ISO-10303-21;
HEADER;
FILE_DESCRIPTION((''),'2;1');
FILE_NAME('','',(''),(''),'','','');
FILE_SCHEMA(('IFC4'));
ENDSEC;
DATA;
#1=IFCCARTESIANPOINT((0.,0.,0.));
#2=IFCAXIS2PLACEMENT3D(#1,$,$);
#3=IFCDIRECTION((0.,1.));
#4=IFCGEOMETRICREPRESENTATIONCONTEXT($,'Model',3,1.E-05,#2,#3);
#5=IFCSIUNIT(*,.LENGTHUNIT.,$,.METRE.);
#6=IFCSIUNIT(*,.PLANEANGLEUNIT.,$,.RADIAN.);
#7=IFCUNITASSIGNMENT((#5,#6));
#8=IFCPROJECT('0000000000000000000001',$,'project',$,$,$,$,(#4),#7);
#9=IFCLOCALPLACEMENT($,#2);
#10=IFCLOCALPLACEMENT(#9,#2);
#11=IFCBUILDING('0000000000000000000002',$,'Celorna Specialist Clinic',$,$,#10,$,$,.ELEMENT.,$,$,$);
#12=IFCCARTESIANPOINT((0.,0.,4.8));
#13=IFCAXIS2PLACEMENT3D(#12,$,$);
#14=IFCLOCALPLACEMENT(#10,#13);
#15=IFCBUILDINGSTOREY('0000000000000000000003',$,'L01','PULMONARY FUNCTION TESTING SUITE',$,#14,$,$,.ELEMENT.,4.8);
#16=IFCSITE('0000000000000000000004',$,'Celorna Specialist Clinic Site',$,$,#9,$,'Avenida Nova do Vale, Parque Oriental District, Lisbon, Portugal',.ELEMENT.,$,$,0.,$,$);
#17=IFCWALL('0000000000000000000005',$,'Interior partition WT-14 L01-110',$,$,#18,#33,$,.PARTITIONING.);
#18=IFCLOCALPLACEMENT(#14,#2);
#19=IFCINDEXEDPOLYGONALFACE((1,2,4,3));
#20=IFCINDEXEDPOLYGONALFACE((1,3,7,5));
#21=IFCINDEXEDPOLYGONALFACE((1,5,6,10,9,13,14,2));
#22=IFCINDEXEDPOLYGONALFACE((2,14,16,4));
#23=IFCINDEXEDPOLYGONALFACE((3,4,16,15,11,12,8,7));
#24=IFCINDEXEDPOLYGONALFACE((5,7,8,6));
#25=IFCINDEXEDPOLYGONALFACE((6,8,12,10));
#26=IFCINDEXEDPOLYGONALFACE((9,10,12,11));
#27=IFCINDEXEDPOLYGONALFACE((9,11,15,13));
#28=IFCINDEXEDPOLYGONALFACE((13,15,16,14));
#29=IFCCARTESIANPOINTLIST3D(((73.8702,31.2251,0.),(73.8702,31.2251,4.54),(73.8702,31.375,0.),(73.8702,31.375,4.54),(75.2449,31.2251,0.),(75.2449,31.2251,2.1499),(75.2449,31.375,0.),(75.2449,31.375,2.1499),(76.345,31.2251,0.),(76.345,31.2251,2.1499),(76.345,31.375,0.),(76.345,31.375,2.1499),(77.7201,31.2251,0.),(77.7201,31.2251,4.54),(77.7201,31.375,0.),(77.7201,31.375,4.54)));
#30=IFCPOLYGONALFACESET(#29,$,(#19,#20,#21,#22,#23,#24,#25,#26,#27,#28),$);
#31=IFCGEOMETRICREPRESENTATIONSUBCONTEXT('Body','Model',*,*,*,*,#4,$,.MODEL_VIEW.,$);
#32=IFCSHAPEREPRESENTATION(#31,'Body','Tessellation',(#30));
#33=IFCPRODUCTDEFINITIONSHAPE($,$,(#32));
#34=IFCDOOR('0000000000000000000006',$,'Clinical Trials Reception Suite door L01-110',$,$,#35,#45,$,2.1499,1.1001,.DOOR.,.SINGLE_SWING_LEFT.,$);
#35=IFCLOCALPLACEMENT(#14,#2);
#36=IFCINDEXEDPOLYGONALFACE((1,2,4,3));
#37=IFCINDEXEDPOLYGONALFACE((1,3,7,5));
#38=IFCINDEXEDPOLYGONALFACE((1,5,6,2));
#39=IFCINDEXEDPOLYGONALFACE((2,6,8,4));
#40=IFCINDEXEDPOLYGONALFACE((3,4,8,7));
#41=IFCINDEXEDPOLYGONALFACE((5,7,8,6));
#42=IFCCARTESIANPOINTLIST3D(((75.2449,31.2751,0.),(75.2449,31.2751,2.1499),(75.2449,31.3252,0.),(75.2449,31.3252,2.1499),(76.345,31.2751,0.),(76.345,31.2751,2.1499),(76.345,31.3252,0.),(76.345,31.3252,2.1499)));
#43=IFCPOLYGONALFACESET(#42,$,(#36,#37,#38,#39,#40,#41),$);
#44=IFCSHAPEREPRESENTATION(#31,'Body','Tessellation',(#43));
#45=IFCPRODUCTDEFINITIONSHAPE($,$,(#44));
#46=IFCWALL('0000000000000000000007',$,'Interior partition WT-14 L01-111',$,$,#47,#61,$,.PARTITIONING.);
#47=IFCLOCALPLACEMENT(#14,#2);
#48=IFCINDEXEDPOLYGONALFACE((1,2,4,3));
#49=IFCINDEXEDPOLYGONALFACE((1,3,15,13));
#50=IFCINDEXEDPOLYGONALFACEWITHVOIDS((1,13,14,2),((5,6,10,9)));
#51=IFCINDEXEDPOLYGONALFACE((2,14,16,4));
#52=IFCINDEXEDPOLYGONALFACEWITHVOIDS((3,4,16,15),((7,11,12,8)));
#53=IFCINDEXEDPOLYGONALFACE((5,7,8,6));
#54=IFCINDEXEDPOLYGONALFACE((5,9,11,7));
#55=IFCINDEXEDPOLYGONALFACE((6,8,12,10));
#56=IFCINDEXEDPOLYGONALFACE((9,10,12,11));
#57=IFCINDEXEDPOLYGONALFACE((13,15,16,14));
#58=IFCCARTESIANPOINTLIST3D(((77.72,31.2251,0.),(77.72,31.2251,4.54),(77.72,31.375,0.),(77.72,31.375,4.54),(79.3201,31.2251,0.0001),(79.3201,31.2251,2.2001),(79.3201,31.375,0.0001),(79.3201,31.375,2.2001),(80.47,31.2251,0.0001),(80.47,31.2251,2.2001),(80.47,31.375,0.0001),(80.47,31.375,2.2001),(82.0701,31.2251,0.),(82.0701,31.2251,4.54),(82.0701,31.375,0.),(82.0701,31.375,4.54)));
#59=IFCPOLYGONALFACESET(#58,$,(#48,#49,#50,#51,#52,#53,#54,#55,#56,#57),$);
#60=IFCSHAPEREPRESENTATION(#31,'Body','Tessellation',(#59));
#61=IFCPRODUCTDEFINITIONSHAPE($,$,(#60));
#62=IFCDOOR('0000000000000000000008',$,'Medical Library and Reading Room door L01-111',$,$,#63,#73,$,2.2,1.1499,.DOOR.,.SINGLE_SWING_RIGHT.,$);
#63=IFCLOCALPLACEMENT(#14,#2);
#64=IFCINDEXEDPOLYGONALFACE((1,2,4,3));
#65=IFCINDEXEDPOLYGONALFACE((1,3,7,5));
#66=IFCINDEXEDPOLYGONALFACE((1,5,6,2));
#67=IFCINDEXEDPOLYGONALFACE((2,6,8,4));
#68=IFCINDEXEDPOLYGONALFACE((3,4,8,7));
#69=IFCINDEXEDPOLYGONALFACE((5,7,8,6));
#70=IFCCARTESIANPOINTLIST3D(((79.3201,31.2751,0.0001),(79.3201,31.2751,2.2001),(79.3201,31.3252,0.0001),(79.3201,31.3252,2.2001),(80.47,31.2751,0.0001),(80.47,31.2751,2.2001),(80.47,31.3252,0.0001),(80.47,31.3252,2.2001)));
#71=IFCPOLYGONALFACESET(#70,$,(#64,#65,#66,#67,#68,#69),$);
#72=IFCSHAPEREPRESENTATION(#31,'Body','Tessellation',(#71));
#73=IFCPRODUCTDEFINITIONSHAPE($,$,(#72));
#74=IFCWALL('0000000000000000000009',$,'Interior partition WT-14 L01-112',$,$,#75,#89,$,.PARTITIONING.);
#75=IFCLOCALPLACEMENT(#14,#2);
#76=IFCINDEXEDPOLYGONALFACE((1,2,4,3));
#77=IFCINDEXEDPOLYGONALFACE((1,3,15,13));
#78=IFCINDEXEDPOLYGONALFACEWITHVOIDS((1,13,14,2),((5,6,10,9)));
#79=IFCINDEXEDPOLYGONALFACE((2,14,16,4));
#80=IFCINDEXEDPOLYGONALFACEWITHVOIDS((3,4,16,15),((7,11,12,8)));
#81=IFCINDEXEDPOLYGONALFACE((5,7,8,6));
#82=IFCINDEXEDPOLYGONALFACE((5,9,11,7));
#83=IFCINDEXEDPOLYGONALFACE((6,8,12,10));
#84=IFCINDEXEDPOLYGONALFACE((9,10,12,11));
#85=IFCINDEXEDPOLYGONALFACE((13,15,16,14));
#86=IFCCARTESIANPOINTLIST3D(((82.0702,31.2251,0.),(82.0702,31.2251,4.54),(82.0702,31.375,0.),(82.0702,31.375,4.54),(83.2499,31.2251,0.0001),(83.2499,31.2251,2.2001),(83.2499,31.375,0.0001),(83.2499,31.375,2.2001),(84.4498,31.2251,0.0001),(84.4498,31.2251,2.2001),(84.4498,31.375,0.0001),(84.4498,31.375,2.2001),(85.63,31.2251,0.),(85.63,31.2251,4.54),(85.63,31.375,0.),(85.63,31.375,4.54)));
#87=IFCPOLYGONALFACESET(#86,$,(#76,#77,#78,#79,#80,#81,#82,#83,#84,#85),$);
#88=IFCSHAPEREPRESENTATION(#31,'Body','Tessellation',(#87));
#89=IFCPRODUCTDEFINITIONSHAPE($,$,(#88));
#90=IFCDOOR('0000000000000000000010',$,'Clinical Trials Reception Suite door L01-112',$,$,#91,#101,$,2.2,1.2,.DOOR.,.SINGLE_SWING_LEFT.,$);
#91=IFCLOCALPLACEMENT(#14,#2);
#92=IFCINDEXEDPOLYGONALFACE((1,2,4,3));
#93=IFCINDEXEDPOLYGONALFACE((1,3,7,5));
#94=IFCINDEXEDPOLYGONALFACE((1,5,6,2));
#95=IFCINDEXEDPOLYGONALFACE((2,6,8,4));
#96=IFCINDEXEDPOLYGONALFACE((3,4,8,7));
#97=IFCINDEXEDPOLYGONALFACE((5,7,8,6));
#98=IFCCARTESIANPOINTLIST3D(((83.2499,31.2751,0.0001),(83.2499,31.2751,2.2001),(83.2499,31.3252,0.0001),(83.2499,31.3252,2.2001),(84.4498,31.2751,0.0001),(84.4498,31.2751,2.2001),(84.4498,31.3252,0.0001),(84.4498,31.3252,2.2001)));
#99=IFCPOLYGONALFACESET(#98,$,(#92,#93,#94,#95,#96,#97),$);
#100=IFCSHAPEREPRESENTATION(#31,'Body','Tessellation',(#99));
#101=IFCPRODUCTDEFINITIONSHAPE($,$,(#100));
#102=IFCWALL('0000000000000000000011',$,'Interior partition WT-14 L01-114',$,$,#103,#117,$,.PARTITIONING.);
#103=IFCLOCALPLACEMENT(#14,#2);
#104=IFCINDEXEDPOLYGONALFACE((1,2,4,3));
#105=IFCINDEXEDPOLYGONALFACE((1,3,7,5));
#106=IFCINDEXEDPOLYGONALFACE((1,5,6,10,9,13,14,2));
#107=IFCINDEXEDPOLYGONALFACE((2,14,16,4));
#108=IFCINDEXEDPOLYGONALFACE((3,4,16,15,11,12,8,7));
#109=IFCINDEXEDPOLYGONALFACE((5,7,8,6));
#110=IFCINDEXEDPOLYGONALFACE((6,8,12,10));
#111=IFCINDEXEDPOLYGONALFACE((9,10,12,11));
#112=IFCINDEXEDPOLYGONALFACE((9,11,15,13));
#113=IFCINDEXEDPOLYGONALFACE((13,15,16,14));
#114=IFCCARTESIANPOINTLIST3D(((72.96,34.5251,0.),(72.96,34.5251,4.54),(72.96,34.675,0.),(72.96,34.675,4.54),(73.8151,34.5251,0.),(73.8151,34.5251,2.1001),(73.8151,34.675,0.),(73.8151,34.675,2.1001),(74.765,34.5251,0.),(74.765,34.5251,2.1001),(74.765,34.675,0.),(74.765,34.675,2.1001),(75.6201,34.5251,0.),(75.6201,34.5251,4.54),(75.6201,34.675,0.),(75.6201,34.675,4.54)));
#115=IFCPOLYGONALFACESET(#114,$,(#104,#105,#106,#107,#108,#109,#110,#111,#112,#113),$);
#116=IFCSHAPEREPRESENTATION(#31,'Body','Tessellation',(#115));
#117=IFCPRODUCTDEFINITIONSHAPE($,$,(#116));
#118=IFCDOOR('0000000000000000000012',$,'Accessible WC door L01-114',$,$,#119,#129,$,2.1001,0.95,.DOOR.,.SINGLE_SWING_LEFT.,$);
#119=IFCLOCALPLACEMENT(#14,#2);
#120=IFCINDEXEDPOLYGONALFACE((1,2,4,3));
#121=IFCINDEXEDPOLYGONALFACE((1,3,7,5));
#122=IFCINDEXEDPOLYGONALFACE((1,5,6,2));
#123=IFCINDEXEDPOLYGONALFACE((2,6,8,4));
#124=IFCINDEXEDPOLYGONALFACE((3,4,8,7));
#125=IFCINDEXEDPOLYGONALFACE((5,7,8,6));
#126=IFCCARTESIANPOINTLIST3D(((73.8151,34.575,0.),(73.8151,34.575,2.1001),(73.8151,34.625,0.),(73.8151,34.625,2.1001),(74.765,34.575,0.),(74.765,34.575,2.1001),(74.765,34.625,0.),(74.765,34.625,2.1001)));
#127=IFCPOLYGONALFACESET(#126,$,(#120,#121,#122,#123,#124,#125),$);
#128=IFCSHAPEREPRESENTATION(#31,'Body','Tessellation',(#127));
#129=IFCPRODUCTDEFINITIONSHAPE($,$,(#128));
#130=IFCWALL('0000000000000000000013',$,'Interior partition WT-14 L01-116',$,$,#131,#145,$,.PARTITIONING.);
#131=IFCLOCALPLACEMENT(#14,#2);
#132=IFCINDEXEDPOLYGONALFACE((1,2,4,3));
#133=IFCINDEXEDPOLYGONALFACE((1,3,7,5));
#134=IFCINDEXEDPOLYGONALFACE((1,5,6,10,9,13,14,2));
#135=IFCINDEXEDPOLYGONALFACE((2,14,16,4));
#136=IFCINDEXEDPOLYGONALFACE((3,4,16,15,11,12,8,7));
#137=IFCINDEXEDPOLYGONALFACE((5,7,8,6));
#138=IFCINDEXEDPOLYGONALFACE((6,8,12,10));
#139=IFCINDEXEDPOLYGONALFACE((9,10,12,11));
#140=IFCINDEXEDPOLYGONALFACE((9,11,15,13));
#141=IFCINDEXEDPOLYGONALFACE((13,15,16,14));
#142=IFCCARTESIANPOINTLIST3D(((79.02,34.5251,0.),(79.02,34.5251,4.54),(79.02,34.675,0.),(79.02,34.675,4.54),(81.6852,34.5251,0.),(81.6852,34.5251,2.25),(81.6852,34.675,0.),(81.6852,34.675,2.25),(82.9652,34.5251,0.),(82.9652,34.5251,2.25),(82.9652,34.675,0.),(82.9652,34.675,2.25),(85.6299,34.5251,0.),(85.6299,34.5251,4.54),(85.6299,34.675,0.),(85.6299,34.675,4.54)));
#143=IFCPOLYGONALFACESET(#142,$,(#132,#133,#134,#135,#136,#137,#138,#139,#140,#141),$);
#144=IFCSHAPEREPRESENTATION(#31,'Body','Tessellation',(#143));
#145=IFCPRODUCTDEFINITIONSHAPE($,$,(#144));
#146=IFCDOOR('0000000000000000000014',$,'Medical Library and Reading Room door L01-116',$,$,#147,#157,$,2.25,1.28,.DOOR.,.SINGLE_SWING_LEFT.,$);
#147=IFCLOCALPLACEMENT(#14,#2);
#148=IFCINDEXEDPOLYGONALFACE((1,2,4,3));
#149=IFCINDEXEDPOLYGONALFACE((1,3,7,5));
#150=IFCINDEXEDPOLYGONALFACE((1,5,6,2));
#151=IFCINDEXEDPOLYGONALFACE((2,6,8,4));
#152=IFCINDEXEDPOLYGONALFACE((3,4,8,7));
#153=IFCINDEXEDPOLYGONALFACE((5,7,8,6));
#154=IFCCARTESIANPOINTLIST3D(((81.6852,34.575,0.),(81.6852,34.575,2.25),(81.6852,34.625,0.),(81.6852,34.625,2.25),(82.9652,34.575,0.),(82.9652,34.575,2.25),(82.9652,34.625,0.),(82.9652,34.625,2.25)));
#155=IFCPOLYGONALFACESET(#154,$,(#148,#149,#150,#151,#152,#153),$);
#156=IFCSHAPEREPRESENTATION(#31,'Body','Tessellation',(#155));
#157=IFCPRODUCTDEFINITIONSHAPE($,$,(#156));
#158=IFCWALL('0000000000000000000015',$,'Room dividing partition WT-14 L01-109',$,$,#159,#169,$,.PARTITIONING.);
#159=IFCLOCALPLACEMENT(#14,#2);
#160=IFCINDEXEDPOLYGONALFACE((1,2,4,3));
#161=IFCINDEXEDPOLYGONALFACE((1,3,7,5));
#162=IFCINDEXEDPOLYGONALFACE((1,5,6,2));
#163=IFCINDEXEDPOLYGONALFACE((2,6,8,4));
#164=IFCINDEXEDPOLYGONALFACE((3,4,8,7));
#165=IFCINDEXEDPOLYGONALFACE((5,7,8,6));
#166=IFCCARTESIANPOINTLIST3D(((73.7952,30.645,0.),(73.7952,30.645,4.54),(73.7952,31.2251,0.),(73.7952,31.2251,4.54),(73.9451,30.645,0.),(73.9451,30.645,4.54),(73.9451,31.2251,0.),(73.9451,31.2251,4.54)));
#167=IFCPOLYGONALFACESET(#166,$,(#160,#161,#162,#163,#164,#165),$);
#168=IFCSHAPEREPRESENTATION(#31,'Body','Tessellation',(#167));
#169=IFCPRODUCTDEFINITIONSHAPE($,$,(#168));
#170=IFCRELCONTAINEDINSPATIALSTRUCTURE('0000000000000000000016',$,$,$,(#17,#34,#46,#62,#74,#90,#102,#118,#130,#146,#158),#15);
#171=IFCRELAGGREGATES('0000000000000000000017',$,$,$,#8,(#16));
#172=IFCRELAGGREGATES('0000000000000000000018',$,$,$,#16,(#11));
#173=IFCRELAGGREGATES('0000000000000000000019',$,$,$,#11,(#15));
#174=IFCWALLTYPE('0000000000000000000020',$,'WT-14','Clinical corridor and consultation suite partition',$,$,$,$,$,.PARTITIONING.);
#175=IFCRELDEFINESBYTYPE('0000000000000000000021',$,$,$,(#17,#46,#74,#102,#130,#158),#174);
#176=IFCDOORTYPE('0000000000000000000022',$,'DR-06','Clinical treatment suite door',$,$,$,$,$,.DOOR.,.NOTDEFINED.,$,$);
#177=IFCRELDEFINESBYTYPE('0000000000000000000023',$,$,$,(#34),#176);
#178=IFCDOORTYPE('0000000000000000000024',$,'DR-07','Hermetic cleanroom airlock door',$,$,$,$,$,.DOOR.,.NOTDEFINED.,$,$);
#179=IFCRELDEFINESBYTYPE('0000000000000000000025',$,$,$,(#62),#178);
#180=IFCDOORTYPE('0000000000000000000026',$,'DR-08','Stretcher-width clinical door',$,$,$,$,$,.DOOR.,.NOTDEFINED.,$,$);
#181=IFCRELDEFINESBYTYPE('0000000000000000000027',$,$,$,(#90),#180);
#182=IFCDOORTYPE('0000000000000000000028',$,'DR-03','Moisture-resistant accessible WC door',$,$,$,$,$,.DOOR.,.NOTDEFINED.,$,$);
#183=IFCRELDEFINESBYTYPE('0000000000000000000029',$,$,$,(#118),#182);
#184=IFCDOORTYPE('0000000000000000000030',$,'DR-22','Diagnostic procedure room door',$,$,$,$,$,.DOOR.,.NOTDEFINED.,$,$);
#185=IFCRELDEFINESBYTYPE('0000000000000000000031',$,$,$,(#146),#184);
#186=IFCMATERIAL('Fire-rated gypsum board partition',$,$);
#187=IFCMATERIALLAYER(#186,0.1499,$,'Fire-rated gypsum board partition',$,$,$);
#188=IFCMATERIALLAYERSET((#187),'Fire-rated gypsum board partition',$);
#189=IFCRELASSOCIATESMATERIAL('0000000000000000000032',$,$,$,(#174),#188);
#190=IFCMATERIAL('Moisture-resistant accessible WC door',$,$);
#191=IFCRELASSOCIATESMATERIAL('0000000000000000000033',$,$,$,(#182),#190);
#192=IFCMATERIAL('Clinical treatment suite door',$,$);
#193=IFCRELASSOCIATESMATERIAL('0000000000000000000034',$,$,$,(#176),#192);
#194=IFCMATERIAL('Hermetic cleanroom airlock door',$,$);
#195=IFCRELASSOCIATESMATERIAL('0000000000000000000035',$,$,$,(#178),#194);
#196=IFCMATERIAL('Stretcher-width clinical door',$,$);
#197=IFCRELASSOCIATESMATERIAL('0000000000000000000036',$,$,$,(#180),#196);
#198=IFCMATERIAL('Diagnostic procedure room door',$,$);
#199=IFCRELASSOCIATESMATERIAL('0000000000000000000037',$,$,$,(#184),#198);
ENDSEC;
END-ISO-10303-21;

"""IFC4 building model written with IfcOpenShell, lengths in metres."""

from ifc_helpers import new_model, si_unit, direction, frame, frame_2d, origin, place, context, subcontext, project, spatial, rectangle, extrude, material, layer, layer_set, type_object, element, fill, save


model = new_model("IFC4")

# Units and contexts
model_context = context("Model", 3, precision=1e-05, world=origin(), true_north=direction((0.0, 1.0)))
body_context = subcontext(model_context, "Body", "Model", "MODEL_VIEW")
ifc_project = project(units=[si_unit("LENGTHUNIT", "METRE"), si_unit("PLANEANGLEUNIT", "RADIAN")], contexts=[model_context])

# Site, building, storey
site_placement = place(None, origin())
site = spatial("IfcSite", under=ifc_project, at=site_placement, Name="Celorna Specialist Clinic Site", LongName="Avenida Nova do Vale, Parque Oriental District, Lisbon, Portugal", CompositionType="ELEMENT", RefElevation=0.0)
building_placement = place(site_placement, origin())
building = spatial("IfcBuilding", under=site, at=building_placement, Name="Celorna Specialist Clinic", CompositionType="ELEMENT")
storey_placement = place(building_placement, frame((0.0, 0.0, 4.8)))
storey = spatial("IfcBuildingStorey", under=building, at=storey_placement, Name="L01", Description="PULMONARY FUNCTION TESTING SUITE", CompositionType="ELEMENT", Elevation=4.8)

# Shared definitions
ifc_material_1 = material(Name="Fire-rated gypsum board partition")
ifc_layer_1 = layer(ifc_material_1, 0.1499, Name="Fire-rated gypsum board partition")
ifc_layer_set_1 = layer_set([ifc_layer_1], Name="Fire-rated gypsum board partition")
wall_type_1 = type_object("IfcWallType", Name="WT-14", Description="Clinical corridor and consultation suite partition", PredefinedType="PARTITIONING", material=ifc_layer_set_1)

# Walls, openings, doors
ifc_material_2 = material(Name="Moisture-resistant accessible WC door")
door_type_1 = type_object("IfcDoorType", Name="DR-03", Description="Moisture-resistant accessible WC door", OperationType="NOTDEFINED", PredefinedType="DOOR", material=ifc_material_2)
wall_1_placement = place(storey_placement, frame((77.72, 31.3, 0.0), z_axis=(0.0, 0.0, 1.0), x_axis=(-1.0, 0.0, 0.0)))
wall_1 = element("IfcWall", 1, at=wall_1_placement, inside=storey, type_object=wall_type_1, Name="Interior partition WT-14 L01-110", PredefinedType="PARTITIONING", context=body_context, shape_type="SweptSolid", body=[
    extrude(rectangle(XDim=3.8499, YDim=0.1499, at=frame_2d((1.9248, 0.0))), origin(), (0.0, 0.0, 1.0), 4.54),
])
opening_1_placement = place(wall_1_placement, frame((1.375, 0.0, 0.0)))
opening_1 = element("IfcOpeningElement", 2, at=opening_1_placement, cuts=wall_1, PredefinedType="OPENING", context=body_context, shape_type="SweptSolid", body=[
    extrude(rectangle(XDim=1.1001, YDim=2.1499, at=frame_2d((0.55, 1.075))), frame((0.0, 0.085, 0.0), z_axis=(0.0, -1.0, 0.0), x_axis=(1.0, 0.0, 0.0)), (0.0, 0.0, 1.0), 0.1699),
])
ifc_material_3 = material(Name="Clinical treatment suite door")
door_type_2 = type_object("IfcDoorType", Name="DR-06", Description="Clinical treatment suite door", OperationType="NOTDEFINED", PredefinedType="DOOR", material=ifc_material_3)
door_1_placement = place(opening_1_placement, origin())
door_1 = element("IfcDoor", 3, at=door_1_placement, inside=storey, type_object=door_type_2, Name="Clinical Trials Reception Suite door L01-110", OperationType="SINGLE_SWING_LEFT", OverallHeight=2.1499, OverallWidth=1.1001, PredefinedType="DOOR", context=body_context, shape_type="SweptSolid", body=[
    extrude(rectangle(XDim=1.1001, YDim=2.1499, at=frame_2d((0.55, 1.075))), frame((0.0, 0.0249, 0.0), z_axis=(0.0, -1.0, 0.0), x_axis=(1.0, 0.0, 0.0)), (0.0, 0.0, 1.0), 0.05),
])
fill(opening_1, door_1)
wall_2_placement = place(storey_placement, frame((82.0701, 31.3, 0.0), z_axis=(0.0, 0.0, 1.0), x_axis=(-1.0, 0.0, 0.0)))
wall_2 = element("IfcWall", 4, at=wall_2_placement, inside=storey, type_object=wall_type_1, Name="Interior partition WT-14 L01-111", PredefinedType="PARTITIONING", context=body_context, shape_type="SweptSolid", body=[
    extrude(rectangle(XDim=4.3501, YDim=0.1499, at=frame_2d((2.175, 0.0))), origin(), (0.0, 0.0, 1.0), 4.54),
])
opening_2_placement = place(wall_2_placement, frame((1.6001, 0.0, 0.0)))
opening_2 = element("IfcOpeningElement", 5, at=opening_2_placement, cuts=wall_2, PredefinedType="OPENING", context=body_context, shape_type="SweptSolid", body=[
    extrude(rectangle(XDim=1.1499, YDim=2.2, at=frame_2d((0.575, 1.1001))), frame((0.0, 0.085, 0.0), z_axis=(0.0, -1.0, 0.0), x_axis=(1.0, 0.0, 0.0)), (0.0, 0.0, 1.0), 0.1699),
])
ifc_material_4 = material(Name="Hermetic cleanroom airlock door")
door_type_3 = type_object("IfcDoorType", Name="DR-07", Description="Hermetic cleanroom airlock door", OperationType="NOTDEFINED", PredefinedType="DOOR", material=ifc_material_4)
door_2_placement = place(opening_2_placement, origin())
door_2 = element("IfcDoor", 6, at=door_2_placement, inside=storey, type_object=door_type_3, Name="Medical Library and Reading Room door L01-111", OperationType="SINGLE_SWING_RIGHT", OverallHeight=2.2, OverallWidth=1.1499, PredefinedType="DOOR", context=body_context, shape_type="SweptSolid", body=[
    extrude(rectangle(XDim=1.1499, YDim=2.2, at=frame_2d((0.575, 1.1001))), frame((0.0, 0.0249, 0.0), z_axis=(0.0, -1.0, 0.0), x_axis=(1.0, 0.0, 0.0)), (0.0, 0.0, 1.0), 0.05),
])
fill(opening_2, door_2)
wall_3_placement = place(storey_placement, frame((85.6299, 31.3, 0.0), z_axis=(0.0, 0.0, 1.0), x_axis=(-1.0, 0.0, 0.0)))
wall_3 = element("IfcWall", 7, at=wall_3_placement, inside=storey, type_object=wall_type_1, Name="Interior partition WT-14 L01-112", PredefinedType="PARTITIONING", context=body_context, shape_type="SweptSolid", body=[
    extrude(rectangle(XDim=3.5598, YDim=0.1499, at=frame_2d((1.7798, 0.0))), origin(), (0.0, 0.0, 1.0), 4.54),
])
opening_3_placement = place(wall_3_placement, frame((1.1799, 0.0, 0.0)))
opening_3 = element("IfcOpeningElement", 8, at=opening_3_placement, cuts=wall_3, PredefinedType="OPENING", context=body_context, shape_type="SweptSolid", body=[
    extrude(rectangle(XDim=1.2, YDim=2.2, at=frame_2d((0.6001, 1.1001))), frame((0.0, 0.085, 0.0), z_axis=(0.0, -1.0, 0.0), x_axis=(1.0, 0.0, 0.0)), (0.0, 0.0, 1.0), 0.1699),
])
ifc_material_5 = material(Name="Stretcher-width clinical door")
door_type_4 = type_object("IfcDoorType", Name="DR-08", Description="Stretcher-width clinical door", OperationType="NOTDEFINED", PredefinedType="DOOR", material=ifc_material_5)
door_3_placement = place(opening_3_placement, origin())
door_3 = element("IfcDoor", 9, at=door_3_placement, inside=storey, type_object=door_type_4, Name="Clinical Trials Reception Suite door L01-112", OperationType="SINGLE_SWING_LEFT", OverallHeight=2.2, OverallWidth=1.2, PredefinedType="DOOR", context=body_context, shape_type="SweptSolid", body=[
    extrude(rectangle(XDim=1.2, YDim=2.2, at=frame_2d((0.6001, 1.1001))), frame((0.0, 0.0249, 0.0), z_axis=(0.0, -1.0, 0.0), x_axis=(1.0, 0.0, 0.0)), (0.0, 0.0, 1.0), 0.05),
])
fill(opening_3, door_3)
wall_4_placement = place(storey_placement, frame((72.96, 34.6001, 0.0), z_axis=(0.0, 0.0, 1.0), x_axis=(1.0, 0.0, 0.0)))
wall_4 = element("IfcWall", 10, at=wall_4_placement, inside=storey, type_object=wall_type_1, Name="Interior partition WT-14 L01-114", PredefinedType="PARTITIONING", context=body_context, shape_type="SweptSolid", body=[
    extrude(rectangle(XDim=2.6602, YDim=0.1499, at=frame_2d((1.3301, 0.0))), origin(), (0.0, 0.0, 1.0), 4.54),
])
opening_4_placement = place(wall_4_placement, frame((0.855, 0.0, 0.0)))
opening_4 = element("IfcOpeningElement", 11, at=opening_4_placement, cuts=wall_4, PredefinedType="OPENING", context=body_context, shape_type="SweptSolid", body=[
    extrude(rectangle(XDim=0.95, YDim=2.1001, at=frame_2d((0.4751, 1.05))), frame((0.0, 0.085, 0.0), z_axis=(0.0, -1.0, 0.0), x_axis=(1.0, 0.0, 0.0)), (0.0, 0.0, 1.0), 0.1699),
])
door_4_placement = place(opening_4_placement, origin())
door_4 = element("IfcDoor", 12, at=door_4_placement, inside=storey, type_object=door_type_1, Name="Accessible WC door L01-114", OperationType="SINGLE_SWING_LEFT", OverallHeight=2.1001, OverallWidth=0.95, PredefinedType="DOOR", context=body_context, shape_type="SweptSolid", body=[
    extrude(rectangle(XDim=0.95, YDim=2.1001, at=frame_2d((0.4751, 1.05))), frame((0.0, 0.0249, 0.0), z_axis=(0.0, -1.0, 0.0), x_axis=(1.0, 0.0, 0.0)), (0.0, 0.0, 1.0), 0.05),
])
fill(opening_4, door_4)
wall_5_placement = place(storey_placement, frame((79.02, 34.6001, 0.0), z_axis=(0.0, 0.0, 1.0), x_axis=(1.0, 0.0, 0.0)))
wall_5 = element("IfcWall", 13, at=wall_5_placement, inside=storey, type_object=wall_type_1, Name="Interior partition WT-14 L01-116", PredefinedType="PARTITIONING", context=body_context, shape_type="SweptSolid", body=[
    extrude(rectangle(XDim=6.6099, YDim=0.1499, at=frame_2d((3.3049, 0.0))), origin(), (0.0, 0.0, 1.0), 4.54),
])
opening_5_placement = place(wall_5_placement, frame((2.665, 0.0, 0.0)))
opening_5 = element("IfcOpeningElement", 14, at=opening_5_placement, cuts=wall_5, PredefinedType="OPENING", context=body_context, shape_type="SweptSolid", body=[
    extrude(rectangle(XDim=1.28, YDim=2.25, at=frame_2d((0.6401, 1.125))), frame((0.0, 0.085, 0.0), z_axis=(0.0, -1.0, 0.0), x_axis=(1.0, 0.0, 0.0)), (0.0, 0.0, 1.0), 0.1699),
])
ifc_material_6 = material(Name="Diagnostic procedure room door")
door_type_5 = type_object("IfcDoorType", Name="DR-22", Description="Diagnostic procedure room door", OperationType="NOTDEFINED", PredefinedType="DOOR", material=ifc_material_6)
door_5_placement = place(opening_5_placement, origin())
door_5 = element("IfcDoor", 15, at=door_5_placement, inside=storey, type_object=door_type_5, Name="Medical Library and Reading Room door L01-116", OperationType="SINGLE_SWING_LEFT", OverallHeight=2.25, OverallWidth=1.28, PredefinedType="DOOR", context=body_context, shape_type="SweptSolid", body=[
    extrude(rectangle(XDim=1.28, YDim=2.25, at=frame_2d((0.6401, 1.125))), frame((0.0, 0.0249, 0.0), z_axis=(0.0, -1.0, 0.0), x_axis=(1.0, 0.0, 0.0)), (0.0, 0.0, 1.0), 0.05),
])
fill(opening_5, door_5)

# Wall
wall_6_placement = place(storey_placement, frame((73.8701, 30.645, 0.0), z_axis=(0.0, 0.0, 1.0), x_axis=(0.0, 1.0, 0.0)))
element("IfcWall", 16, at=wall_6_placement, inside=storey, type_object=wall_type_1, Name="Room dividing partition WT-14 L01-109", PredefinedType="PARTITIONING", context=body_context, shape_type="SweptSolid", body=[
    extrude(rectangle(XDim=0.5801, YDim=0.1499, at=frame_2d((0.29, 0.0))), origin(), (0.0, 0.0, 1.0), 4.54),
])

save(model, "model.ifc")
